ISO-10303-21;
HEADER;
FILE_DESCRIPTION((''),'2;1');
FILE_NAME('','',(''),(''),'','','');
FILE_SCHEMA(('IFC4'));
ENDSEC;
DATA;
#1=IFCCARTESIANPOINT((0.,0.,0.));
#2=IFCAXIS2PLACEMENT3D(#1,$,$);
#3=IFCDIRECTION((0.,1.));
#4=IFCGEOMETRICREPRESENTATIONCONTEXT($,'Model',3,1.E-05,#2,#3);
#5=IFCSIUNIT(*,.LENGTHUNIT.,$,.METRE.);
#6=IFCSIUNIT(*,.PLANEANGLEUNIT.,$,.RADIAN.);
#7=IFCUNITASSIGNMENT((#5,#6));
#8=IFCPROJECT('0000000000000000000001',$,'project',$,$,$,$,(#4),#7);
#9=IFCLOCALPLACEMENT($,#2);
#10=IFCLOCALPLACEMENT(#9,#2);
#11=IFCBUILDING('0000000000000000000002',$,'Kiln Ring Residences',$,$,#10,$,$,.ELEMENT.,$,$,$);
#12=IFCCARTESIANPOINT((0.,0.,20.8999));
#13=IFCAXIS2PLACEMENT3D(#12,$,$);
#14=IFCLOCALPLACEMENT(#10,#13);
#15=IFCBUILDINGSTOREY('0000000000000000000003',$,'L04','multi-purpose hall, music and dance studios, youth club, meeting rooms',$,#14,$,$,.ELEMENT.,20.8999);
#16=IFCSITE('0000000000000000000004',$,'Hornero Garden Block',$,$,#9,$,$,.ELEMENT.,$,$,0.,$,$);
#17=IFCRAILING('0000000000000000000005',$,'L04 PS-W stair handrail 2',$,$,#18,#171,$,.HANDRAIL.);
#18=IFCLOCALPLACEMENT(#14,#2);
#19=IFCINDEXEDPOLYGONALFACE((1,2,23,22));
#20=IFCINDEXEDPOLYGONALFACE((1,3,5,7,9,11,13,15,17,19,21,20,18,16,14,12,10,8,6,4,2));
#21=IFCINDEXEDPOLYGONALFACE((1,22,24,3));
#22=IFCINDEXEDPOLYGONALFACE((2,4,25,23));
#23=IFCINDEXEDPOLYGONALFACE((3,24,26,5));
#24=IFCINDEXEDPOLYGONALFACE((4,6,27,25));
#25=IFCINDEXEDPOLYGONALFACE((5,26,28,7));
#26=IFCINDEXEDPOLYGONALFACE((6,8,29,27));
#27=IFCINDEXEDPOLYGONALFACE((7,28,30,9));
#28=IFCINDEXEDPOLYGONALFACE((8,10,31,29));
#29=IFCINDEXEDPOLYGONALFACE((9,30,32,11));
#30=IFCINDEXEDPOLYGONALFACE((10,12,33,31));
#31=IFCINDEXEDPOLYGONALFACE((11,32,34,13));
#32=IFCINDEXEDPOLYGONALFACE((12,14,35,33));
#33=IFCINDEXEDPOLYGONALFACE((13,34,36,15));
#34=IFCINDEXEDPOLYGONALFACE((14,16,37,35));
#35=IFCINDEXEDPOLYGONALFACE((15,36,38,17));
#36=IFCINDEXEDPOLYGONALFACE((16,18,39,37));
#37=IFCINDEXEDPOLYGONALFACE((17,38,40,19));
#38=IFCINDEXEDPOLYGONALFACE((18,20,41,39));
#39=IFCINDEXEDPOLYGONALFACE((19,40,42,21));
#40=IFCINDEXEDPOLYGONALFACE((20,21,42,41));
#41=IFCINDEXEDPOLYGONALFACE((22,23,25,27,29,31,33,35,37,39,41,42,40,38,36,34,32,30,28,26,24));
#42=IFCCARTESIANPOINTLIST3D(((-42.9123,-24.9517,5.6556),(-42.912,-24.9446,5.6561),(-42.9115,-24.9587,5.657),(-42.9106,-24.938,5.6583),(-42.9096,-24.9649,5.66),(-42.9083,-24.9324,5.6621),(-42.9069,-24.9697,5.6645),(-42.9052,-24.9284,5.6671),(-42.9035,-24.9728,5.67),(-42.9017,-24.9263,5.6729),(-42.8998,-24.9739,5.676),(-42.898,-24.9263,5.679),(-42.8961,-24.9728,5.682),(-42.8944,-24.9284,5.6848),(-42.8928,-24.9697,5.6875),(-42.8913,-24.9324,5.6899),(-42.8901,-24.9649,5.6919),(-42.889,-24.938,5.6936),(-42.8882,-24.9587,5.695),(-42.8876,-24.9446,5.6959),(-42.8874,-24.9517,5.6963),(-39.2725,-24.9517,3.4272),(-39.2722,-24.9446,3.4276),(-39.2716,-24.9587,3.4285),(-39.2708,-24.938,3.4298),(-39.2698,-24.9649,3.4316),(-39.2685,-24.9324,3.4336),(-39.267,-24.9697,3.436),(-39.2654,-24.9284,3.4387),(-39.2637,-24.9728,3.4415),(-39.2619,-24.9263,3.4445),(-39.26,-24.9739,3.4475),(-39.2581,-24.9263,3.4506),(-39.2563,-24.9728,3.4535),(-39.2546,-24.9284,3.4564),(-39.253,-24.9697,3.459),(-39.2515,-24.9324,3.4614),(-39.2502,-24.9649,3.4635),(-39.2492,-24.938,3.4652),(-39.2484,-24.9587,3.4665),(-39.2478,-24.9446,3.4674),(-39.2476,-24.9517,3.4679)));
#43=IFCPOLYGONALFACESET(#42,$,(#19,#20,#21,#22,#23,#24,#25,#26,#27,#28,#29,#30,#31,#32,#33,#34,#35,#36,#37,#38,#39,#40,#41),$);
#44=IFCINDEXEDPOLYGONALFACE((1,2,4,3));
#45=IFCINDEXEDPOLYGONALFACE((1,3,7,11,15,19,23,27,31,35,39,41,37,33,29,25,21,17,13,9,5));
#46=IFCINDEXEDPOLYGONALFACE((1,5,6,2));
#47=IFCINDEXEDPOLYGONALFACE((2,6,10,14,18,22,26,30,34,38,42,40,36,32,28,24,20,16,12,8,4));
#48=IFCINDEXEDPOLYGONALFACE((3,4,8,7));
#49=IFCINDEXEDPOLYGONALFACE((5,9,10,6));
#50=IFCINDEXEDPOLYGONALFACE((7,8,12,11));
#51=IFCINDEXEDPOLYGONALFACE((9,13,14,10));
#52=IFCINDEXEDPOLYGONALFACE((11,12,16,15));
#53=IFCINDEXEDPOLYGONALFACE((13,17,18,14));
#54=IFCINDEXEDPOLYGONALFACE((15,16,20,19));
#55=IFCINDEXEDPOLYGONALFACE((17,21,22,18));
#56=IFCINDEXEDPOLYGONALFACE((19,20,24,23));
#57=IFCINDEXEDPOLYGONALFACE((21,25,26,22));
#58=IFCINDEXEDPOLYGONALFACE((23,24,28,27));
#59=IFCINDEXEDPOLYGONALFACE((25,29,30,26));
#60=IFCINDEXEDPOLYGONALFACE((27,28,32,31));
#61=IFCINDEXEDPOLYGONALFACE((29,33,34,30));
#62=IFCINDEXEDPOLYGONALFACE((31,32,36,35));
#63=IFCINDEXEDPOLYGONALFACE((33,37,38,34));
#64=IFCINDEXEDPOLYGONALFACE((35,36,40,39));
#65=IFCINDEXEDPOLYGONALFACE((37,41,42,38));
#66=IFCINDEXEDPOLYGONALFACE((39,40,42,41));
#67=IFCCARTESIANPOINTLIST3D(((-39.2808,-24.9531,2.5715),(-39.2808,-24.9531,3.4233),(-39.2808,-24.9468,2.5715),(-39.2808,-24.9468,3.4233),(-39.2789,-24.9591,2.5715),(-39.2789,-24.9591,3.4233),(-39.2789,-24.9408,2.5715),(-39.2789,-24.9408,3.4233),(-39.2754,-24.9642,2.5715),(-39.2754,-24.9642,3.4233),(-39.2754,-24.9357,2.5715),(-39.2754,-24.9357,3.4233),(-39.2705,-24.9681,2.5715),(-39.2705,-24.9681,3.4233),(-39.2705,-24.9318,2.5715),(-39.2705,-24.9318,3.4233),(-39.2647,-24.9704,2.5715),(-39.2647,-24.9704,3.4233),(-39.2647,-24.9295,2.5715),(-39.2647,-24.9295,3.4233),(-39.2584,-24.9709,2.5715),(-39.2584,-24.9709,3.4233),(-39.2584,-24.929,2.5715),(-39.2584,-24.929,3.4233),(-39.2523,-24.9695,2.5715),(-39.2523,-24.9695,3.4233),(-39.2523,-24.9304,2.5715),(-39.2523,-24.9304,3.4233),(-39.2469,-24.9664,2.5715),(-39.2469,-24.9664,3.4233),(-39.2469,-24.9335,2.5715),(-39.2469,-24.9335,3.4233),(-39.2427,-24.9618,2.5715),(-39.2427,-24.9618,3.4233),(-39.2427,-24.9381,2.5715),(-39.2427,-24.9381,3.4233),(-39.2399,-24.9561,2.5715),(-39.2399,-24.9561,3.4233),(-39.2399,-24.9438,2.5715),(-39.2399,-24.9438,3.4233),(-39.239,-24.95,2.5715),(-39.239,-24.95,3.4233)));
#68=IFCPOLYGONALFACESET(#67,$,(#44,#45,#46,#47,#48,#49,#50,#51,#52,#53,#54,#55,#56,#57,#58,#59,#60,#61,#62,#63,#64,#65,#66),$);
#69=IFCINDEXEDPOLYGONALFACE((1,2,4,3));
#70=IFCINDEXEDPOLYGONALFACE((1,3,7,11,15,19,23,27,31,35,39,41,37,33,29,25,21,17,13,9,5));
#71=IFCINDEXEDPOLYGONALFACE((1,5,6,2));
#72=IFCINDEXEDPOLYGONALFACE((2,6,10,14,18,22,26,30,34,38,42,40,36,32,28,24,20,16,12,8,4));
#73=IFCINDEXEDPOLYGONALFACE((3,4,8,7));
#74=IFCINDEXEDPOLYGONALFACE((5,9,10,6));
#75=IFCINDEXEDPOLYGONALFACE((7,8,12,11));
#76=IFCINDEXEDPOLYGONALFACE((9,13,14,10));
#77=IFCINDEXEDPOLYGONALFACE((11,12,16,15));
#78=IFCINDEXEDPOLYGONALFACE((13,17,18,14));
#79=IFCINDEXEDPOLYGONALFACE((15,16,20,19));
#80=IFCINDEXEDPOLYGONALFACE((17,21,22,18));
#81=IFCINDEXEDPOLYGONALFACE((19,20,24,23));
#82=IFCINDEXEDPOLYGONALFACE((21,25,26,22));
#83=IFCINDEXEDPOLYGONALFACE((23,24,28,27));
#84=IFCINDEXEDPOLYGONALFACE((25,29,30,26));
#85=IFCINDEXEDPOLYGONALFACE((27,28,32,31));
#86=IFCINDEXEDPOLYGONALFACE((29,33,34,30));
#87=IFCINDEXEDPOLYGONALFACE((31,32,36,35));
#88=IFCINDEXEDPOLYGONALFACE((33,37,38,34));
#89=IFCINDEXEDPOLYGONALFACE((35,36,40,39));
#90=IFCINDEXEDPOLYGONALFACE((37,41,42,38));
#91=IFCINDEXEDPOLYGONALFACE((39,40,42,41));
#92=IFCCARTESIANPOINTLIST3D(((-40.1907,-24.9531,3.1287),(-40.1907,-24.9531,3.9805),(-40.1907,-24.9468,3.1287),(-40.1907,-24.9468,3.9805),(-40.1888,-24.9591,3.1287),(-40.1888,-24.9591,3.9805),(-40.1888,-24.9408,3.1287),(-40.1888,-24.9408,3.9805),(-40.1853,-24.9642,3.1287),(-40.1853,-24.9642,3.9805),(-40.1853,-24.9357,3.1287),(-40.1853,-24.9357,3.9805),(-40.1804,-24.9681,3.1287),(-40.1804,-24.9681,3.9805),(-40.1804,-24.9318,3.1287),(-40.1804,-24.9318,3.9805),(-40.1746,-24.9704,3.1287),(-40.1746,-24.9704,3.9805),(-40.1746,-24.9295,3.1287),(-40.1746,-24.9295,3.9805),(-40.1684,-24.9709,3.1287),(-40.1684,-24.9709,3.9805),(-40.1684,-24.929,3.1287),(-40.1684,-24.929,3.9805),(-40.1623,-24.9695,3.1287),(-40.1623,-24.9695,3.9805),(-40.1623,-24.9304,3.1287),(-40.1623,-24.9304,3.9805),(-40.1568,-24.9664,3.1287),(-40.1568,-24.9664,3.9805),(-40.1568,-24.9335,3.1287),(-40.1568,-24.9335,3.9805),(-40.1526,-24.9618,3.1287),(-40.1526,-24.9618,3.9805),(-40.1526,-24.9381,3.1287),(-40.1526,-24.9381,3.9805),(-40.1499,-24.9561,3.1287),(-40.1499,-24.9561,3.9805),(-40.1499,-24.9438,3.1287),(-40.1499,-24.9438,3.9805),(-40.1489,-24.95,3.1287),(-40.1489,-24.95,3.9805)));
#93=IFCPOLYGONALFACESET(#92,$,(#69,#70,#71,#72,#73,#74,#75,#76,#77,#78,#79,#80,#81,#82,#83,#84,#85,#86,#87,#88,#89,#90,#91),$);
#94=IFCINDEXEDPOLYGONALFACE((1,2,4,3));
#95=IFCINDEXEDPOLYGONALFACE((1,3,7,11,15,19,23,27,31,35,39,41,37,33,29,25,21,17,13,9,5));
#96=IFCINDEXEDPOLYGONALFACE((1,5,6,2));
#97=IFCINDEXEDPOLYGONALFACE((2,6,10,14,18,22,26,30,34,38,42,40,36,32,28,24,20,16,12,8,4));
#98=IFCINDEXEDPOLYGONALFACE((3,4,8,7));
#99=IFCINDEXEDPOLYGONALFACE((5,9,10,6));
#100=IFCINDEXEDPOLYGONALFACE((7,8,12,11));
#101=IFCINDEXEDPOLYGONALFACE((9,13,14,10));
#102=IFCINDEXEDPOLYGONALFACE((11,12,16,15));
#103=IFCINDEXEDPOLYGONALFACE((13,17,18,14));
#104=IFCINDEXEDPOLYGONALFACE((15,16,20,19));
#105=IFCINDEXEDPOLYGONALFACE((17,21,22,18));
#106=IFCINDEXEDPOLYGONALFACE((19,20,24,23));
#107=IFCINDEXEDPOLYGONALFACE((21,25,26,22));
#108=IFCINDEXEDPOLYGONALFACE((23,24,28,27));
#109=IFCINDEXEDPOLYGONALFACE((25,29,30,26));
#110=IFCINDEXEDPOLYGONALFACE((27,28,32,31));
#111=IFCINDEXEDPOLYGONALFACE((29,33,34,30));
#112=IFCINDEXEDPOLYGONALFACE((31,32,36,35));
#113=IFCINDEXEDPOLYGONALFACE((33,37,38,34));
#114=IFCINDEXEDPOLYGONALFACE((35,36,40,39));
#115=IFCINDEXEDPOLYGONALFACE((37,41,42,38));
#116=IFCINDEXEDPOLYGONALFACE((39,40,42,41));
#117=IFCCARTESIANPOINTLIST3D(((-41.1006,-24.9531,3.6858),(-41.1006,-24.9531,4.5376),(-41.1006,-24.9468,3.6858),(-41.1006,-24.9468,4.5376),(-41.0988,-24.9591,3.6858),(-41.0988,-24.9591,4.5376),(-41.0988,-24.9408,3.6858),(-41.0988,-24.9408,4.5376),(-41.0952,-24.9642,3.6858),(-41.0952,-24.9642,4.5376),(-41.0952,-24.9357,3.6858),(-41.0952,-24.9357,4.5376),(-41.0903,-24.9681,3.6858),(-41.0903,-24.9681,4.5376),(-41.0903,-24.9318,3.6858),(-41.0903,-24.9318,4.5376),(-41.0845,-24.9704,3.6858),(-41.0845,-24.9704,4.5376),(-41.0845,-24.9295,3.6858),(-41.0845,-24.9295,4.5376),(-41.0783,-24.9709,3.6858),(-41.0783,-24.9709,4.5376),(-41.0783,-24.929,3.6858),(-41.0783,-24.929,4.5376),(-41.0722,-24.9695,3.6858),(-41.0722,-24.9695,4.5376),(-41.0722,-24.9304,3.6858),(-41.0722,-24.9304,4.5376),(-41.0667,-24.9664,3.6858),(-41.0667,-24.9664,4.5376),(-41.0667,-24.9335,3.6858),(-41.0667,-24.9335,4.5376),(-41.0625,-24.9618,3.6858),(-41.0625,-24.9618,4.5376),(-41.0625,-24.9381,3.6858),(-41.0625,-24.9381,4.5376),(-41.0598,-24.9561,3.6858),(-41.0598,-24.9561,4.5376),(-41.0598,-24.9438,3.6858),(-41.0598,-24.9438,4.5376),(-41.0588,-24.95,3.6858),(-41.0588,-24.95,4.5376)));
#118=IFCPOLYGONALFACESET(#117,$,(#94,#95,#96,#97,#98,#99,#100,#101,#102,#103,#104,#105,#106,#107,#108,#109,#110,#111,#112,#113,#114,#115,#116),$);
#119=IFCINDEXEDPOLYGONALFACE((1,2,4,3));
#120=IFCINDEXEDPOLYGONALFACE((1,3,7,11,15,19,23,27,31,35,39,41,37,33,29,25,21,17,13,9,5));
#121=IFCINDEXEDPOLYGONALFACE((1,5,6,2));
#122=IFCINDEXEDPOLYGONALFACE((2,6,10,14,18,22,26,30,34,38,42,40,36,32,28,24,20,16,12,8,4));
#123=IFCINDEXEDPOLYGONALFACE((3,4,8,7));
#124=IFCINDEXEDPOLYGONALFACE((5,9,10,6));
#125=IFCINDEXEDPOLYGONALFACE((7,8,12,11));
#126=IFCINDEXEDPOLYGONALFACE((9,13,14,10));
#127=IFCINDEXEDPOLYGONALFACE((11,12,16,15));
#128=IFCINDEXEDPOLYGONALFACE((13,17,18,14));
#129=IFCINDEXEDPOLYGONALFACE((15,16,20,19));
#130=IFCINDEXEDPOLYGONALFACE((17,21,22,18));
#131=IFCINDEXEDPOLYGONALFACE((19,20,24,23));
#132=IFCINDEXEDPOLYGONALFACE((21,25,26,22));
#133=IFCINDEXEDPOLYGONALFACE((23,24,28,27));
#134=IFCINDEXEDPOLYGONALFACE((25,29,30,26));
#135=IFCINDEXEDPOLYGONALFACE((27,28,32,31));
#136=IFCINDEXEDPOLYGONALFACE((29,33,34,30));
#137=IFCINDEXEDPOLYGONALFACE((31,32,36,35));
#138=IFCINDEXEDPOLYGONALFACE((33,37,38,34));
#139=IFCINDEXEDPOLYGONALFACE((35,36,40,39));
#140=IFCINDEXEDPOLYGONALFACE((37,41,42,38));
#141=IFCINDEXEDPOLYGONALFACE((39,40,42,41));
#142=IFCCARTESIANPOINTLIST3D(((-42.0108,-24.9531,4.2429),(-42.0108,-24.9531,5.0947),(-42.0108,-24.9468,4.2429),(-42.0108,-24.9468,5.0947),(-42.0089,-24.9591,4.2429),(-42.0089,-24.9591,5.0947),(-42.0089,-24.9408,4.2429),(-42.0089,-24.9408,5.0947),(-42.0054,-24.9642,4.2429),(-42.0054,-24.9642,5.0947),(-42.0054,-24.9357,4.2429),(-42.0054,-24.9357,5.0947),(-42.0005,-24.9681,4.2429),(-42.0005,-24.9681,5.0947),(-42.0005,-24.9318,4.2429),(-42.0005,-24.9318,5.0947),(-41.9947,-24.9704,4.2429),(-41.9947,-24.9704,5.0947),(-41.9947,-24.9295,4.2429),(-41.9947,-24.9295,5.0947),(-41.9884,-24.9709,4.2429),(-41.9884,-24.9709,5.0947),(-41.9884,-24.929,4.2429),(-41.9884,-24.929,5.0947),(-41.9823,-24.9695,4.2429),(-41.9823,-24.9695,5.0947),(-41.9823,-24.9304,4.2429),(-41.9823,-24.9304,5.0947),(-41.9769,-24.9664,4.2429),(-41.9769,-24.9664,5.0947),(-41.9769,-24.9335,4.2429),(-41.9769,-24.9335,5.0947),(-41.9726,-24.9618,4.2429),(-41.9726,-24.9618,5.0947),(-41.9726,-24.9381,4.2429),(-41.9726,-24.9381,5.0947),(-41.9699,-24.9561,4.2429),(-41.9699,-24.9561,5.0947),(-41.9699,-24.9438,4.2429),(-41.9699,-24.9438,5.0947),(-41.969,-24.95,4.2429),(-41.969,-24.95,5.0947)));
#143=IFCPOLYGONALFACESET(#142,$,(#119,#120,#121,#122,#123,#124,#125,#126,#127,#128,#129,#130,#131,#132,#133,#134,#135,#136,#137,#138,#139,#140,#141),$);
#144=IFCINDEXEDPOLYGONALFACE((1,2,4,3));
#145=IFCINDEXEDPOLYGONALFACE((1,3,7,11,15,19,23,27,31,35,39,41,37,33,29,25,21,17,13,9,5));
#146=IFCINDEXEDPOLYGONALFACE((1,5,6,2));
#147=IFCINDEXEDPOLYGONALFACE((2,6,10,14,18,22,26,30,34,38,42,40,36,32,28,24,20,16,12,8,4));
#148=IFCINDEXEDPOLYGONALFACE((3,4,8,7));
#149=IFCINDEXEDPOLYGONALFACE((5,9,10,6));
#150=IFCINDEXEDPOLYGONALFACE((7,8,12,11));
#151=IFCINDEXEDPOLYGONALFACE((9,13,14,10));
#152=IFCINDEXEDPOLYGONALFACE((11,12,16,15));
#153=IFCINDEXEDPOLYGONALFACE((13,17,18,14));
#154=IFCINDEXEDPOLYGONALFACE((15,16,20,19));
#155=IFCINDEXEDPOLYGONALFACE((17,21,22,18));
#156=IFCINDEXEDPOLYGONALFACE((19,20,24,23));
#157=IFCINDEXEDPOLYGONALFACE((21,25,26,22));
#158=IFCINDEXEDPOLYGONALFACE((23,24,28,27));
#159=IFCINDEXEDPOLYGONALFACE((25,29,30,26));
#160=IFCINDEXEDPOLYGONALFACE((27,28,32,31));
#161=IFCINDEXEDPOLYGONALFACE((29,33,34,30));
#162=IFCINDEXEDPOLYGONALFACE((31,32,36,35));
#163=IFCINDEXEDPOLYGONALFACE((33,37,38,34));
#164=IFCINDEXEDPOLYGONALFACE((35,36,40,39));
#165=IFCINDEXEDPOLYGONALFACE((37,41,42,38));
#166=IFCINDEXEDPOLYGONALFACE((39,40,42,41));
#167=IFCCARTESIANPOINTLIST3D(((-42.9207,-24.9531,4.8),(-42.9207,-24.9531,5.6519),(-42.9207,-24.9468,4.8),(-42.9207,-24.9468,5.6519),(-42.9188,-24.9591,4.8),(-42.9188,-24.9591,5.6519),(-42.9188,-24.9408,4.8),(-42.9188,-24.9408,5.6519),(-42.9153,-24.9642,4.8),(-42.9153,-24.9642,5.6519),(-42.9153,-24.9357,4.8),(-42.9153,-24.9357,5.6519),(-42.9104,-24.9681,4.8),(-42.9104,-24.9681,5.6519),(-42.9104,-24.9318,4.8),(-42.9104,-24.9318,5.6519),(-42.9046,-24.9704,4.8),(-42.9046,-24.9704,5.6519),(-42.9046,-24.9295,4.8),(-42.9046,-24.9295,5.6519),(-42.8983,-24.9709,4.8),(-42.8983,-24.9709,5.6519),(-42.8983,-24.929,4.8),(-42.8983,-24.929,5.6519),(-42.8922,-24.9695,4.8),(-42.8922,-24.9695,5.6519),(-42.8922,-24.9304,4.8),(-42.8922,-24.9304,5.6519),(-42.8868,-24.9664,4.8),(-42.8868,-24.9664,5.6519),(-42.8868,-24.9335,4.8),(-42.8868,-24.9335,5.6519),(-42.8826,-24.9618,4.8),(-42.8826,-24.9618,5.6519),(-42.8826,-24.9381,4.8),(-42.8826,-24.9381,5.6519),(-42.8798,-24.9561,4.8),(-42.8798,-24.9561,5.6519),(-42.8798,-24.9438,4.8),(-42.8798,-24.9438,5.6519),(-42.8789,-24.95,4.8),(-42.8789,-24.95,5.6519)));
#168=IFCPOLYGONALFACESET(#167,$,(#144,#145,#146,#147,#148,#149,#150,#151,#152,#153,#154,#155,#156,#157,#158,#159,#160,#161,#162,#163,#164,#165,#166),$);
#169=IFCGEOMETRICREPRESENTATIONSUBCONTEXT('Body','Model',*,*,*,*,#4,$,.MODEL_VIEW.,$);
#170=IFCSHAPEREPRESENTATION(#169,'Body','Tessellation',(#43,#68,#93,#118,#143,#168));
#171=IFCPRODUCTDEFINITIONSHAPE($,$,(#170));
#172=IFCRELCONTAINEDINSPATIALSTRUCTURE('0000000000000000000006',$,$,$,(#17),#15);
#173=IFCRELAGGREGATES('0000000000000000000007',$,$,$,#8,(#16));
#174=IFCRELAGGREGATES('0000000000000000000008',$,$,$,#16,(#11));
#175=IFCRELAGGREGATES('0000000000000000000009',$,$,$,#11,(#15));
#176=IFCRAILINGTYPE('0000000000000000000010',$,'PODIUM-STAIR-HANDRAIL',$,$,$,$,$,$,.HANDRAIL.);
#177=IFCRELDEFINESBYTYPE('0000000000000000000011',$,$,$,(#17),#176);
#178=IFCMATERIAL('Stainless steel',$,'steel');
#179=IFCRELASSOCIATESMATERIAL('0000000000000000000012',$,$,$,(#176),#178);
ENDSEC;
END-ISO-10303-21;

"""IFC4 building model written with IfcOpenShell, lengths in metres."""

from ifc_helpers import new_model, si_unit, direction, frame, origin, origin_2d, place, context, subcontext, project, spatial, circle, extrude, material, type_object, element, save


model = new_model("IFC4")

# Units and contexts
model_context = context("Model", 3, precision=1e-05, world=origin(), true_north=direction((0.0, 1.0)))
body_context = subcontext(model_context, "Body", "Model", "MODEL_VIEW")
ifc_project = project(units=[si_unit("LENGTHUNIT", "METRE"), si_unit("PLANEANGLEUNIT", "RADIAN")], contexts=[model_context])

# Site, building, storey
site_placement = place(None, origin())
site = spatial("IfcSite", under=ifc_project, at=site_placement, Name="Hornero Garden Block", CompositionType="ELEMENT", RefElevation=0.0)
building_placement = place(site_placement, origin())
building = spatial("IfcBuilding", under=site, at=building_placement, Name="Kiln Ring Residences", CompositionType="ELEMENT")
storey_placement = place(building_placement, frame((0.0, 0.0, 20.8999)))
storey = spatial("IfcBuildingStorey", under=building, at=storey_placement, Name="L04", Description="multi-purpose hall, music and dance studios, youth club, meeting rooms", CompositionType="ELEMENT", Elevation=20.8999)

# Railing
ifc_material_1 = material(Name="Stainless steel", Category="steel")
railing_type_1 = type_object("IfcRailingType", Name="PODIUM-STAIR-HANDRAIL", PredefinedType="HANDRAIL", material=ifc_material_1)
railing_1_placement = place(storey_placement, frame((-39.26, -24.95, 2.5715)))
element("IfcRailing", 1, at=railing_1_placement, inside=storey, type_object=railing_type_1, Name="L04 PS-W stair handrail 2", PredefinedType="HANDRAIL", context=body_context, shape_type="SweptSolid", body=[
    extrude(circle(Radius=0.0239, at=origin_2d()), frame((0.0, 0.0, 0.876), z_axis=(-0.85285, 0.0, 0.522156), x_axis=(0.0, -1.0, 0.0)), (0.0, 0.0, 1.0), 4.2678),
    extrude(circle(Radius=0.021, at=origin_2d()), origin(), (0.0, 0.0, 1.0), 0.8518),
    extrude(circle(Radius=0.021, at=origin_2d()), frame((-0.9099, 0.0, 0.5571)), (0.0, 0.0, 1.0), 0.8518),
    extrude(circle(Radius=0.021, at=origin_2d()), frame((-1.8198, 0.0, 1.1143)), (0.0, 0.0, 1.0), 0.8518),
    extrude(circle(Radius=0.021, at=origin_2d()), frame((-2.73, 0.0, 1.6714)), (0.0, 0.0, 1.0), 0.8518),
    extrude(circle(Radius=0.021, at=origin_2d()), frame((-3.6399, 0.0, 2.2285)), (0.0, 0.0, 1.0), 0.8518),
])

save(model, "model.ifc")
